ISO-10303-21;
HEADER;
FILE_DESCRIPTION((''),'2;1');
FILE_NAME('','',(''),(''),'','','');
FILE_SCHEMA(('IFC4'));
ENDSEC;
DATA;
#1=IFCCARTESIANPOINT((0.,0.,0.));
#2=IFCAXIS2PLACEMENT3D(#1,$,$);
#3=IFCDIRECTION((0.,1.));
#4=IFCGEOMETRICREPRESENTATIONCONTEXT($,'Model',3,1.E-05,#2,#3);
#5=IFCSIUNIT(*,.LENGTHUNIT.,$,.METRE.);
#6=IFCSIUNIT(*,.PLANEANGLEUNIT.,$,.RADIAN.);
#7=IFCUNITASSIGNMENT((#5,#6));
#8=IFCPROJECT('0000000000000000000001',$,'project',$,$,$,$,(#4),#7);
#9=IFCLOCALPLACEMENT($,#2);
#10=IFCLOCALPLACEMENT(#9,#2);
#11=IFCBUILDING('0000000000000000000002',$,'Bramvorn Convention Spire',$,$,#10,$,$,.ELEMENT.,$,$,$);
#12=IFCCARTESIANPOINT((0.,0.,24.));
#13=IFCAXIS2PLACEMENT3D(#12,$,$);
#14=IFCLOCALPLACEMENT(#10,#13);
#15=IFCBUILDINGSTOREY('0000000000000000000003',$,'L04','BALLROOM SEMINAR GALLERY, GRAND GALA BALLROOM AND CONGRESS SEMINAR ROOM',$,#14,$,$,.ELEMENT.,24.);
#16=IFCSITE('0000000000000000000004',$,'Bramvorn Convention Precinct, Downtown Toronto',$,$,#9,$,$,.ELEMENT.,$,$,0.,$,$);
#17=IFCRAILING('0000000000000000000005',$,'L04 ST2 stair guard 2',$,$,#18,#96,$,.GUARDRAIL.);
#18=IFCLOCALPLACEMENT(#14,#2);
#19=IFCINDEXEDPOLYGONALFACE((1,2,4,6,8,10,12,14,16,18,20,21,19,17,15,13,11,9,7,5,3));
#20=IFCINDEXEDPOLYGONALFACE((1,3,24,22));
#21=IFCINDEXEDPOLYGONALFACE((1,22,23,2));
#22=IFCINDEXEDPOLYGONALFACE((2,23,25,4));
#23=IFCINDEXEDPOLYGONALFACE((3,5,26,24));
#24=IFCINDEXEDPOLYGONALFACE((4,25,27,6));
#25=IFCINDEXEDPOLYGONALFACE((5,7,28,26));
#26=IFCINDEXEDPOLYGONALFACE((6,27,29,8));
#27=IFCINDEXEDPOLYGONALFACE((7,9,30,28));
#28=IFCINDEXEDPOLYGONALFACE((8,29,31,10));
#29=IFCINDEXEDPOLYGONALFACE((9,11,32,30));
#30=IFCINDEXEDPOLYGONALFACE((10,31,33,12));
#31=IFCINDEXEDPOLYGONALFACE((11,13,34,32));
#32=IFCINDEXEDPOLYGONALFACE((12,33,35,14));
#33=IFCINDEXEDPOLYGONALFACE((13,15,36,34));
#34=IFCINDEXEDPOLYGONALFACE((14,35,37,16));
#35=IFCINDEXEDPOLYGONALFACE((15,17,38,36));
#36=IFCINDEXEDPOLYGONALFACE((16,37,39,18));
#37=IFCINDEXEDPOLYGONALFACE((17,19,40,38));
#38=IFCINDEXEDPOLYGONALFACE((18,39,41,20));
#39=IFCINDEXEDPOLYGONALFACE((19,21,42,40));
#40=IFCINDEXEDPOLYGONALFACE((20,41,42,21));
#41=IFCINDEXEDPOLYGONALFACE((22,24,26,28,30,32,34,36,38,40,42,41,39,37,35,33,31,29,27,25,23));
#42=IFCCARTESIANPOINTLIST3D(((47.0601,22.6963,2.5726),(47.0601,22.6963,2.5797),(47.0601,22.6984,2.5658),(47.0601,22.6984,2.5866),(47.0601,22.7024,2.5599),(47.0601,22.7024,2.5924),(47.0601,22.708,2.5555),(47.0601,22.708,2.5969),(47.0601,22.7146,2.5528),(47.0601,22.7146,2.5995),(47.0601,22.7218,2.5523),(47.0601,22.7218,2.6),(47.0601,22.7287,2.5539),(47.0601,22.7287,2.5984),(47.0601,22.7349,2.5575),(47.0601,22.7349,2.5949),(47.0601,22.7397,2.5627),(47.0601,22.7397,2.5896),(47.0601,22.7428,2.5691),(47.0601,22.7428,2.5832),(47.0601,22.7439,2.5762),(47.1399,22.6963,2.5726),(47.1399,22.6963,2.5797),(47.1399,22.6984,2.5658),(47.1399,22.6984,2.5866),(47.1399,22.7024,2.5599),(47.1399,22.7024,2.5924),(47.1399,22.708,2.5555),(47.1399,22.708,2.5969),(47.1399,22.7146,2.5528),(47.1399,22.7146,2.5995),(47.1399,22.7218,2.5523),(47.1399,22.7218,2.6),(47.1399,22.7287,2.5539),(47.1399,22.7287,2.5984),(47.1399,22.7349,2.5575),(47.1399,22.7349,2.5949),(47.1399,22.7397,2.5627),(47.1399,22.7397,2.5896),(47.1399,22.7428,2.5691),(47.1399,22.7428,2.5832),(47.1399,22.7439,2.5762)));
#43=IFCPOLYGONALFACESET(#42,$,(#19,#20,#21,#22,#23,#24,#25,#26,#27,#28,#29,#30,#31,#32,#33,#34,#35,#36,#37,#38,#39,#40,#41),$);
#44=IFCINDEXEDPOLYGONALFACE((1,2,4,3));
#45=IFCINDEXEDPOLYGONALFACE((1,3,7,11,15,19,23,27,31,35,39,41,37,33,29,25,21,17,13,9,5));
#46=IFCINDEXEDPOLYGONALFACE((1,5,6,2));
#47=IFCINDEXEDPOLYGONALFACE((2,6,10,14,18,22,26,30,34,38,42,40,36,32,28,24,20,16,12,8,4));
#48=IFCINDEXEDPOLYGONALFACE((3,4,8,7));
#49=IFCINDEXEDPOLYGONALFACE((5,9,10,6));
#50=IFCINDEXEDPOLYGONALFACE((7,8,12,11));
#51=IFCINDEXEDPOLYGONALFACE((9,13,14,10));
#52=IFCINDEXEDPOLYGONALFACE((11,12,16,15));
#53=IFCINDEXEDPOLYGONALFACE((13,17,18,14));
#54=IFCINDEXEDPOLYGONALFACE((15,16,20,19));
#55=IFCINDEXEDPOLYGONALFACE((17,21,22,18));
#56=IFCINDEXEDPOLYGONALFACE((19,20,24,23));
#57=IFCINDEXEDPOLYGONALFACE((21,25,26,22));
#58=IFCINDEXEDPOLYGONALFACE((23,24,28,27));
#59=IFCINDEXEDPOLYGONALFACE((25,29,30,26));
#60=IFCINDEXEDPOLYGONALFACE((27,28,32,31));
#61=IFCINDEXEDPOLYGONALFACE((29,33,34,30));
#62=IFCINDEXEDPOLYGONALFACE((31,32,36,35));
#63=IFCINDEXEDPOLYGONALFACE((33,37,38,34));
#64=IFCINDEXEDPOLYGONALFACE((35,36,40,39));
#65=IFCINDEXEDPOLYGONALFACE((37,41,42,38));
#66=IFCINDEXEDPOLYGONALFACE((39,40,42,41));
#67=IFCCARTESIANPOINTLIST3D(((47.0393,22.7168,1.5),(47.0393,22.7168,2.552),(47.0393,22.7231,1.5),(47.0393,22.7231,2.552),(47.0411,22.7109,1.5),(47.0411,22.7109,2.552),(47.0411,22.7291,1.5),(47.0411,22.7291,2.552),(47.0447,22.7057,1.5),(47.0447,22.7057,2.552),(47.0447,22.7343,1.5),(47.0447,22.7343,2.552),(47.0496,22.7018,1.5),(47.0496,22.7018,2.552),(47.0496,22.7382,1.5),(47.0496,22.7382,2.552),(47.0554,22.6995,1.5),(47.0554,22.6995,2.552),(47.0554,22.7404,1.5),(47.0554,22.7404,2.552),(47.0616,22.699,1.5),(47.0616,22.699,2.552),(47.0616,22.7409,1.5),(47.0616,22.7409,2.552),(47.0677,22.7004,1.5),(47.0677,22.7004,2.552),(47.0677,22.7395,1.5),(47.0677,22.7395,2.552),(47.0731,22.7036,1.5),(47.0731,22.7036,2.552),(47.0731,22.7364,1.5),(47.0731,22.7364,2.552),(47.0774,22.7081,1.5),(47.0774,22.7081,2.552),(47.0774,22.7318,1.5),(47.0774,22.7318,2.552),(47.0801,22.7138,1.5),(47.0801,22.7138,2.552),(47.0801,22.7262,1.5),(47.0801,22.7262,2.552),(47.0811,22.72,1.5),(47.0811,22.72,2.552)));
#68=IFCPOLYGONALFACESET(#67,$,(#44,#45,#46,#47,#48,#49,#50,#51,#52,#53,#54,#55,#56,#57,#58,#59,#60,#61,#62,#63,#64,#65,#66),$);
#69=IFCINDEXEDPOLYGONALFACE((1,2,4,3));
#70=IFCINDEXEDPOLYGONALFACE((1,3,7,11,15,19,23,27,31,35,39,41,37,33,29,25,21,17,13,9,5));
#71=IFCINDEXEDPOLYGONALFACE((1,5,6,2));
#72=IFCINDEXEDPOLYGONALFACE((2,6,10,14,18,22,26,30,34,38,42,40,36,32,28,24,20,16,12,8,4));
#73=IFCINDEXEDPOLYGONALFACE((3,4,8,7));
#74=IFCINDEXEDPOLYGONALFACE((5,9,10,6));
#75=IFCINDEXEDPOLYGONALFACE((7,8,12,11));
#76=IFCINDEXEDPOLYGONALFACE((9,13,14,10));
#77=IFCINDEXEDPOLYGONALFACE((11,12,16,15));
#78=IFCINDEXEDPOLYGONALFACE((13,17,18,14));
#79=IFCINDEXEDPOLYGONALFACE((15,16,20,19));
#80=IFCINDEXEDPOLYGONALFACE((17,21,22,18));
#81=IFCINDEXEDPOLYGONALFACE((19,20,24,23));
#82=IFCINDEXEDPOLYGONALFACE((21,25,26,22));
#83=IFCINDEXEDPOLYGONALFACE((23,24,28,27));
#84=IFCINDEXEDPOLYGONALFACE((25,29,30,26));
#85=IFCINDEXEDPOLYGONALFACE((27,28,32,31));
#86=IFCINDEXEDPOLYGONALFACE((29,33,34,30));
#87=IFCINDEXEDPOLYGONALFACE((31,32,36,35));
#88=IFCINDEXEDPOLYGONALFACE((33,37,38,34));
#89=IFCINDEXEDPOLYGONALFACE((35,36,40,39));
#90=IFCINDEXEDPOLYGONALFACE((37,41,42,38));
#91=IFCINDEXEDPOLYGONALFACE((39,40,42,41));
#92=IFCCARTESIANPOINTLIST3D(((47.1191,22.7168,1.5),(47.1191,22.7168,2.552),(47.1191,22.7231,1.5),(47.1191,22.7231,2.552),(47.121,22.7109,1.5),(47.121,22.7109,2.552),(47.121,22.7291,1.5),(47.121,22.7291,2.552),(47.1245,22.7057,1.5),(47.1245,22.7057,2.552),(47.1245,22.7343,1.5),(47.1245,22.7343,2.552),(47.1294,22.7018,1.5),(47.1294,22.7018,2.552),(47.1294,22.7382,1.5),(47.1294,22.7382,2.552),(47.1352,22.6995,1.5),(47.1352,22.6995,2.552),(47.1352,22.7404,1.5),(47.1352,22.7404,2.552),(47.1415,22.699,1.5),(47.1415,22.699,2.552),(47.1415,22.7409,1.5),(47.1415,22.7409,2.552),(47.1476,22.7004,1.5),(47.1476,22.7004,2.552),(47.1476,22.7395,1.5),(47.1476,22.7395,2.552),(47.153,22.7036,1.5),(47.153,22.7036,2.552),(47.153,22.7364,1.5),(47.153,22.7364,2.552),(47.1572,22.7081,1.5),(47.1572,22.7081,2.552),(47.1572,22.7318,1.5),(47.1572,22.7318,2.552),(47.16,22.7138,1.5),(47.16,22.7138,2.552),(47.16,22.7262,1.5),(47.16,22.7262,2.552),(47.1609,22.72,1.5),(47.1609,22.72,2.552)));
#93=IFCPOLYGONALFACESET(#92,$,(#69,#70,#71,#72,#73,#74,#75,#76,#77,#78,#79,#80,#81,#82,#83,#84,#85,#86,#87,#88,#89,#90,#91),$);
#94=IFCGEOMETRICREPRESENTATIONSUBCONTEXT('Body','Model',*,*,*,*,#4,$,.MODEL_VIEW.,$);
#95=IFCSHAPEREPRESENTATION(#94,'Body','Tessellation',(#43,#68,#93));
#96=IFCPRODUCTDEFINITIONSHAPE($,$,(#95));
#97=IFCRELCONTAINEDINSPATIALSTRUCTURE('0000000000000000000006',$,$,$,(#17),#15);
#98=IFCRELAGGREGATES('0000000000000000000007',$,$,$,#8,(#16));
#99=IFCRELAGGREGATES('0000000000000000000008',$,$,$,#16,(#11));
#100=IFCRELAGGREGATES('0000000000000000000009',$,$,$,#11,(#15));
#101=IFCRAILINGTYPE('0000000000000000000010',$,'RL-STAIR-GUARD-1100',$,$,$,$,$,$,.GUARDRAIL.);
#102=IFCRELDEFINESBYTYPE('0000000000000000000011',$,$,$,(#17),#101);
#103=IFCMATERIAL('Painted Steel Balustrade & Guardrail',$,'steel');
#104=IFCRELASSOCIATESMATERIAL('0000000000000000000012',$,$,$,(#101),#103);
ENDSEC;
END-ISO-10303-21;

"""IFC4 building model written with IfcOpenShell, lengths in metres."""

from ifc_helpers import new_model, si_unit, direction, frame, origin, origin_2d, place, context, subcontext, project, spatial, circle, extrude, material, type_object, element, save


model = new_model("IFC4")

# Units and contexts
model_context = context("Model", 3, precision=1e-05, world=origin(), true_north=direction((0.0, 1.0)))
body_context = subcontext(model_context, "Body", "Model", "MODEL_VIEW")
ifc_project = project(units=[si_unit("LENGTHUNIT", "METRE"), si_unit("PLANEANGLEUNIT", "RADIAN")], contexts=[model_context])

# Site, building, storey
site_placement = place(None, origin())
site = spatial("IfcSite", under=ifc_project, at=site_placement, Name="Bramvorn Convention Precinct, Downtown Toronto", CompositionType="ELEMENT", RefElevation=0.0)
building_placement = place(site_placement, origin())
building = spatial("IfcBuilding", under=site, at=building_placement, Name="Bramvorn Convention Spire", CompositionType="ELEMENT")
storey_placement = place(building_placement, frame((0.0, 0.0, 24.0)))
storey = spatial("IfcBuildingStorey", under=building, at=storey_placement, Name="L04", Description="BALLROOM SEMINAR GALLERY, GRAND GALA BALLROOM AND CONGRESS SEMINAR ROOM", CompositionType="ELEMENT", Elevation=24.0)

# Railing
ifc_material_1 = material(Name="Painted Steel Balustrade & Guardrail", Category="steel")
railing_type_1 = type_object("IfcRailingType", Name="RL-STAIR-GUARD-1100", PredefinedType="GUARDRAIL", material=ifc_material_1)
railing_1_placement = place(storey_placement, frame((47.0601, 22.72, 1.5)))
element("IfcRailing", 1, at=railing_1_placement, inside=storey, type_object=railing_type_1, Name="L04 ST2 stair guard 2", PredefinedType="GUARDRAIL", context=body_context, shape_type="SweptSolid", body=[
    extrude(circle(Radius=0.0239, at=origin_2d()), frame((0.0, 0.0, 1.0762), z_axis=(1.0, 0.0, 0.0), x_axis=(0.0, 1.0, 0.0)), (0.0, 0.0, 1.0), 0.0798),
    extrude(circle(Radius=0.021, at=origin_2d()), origin(), (0.0, 0.0, 1.0), 1.052),
    extrude(circle(Radius=0.021, at=origin_2d()), frame((0.0798, 0.0, 0.0)), (0.0, 0.0, 1.0), 1.052),
])

save(model, "model.ifc")
